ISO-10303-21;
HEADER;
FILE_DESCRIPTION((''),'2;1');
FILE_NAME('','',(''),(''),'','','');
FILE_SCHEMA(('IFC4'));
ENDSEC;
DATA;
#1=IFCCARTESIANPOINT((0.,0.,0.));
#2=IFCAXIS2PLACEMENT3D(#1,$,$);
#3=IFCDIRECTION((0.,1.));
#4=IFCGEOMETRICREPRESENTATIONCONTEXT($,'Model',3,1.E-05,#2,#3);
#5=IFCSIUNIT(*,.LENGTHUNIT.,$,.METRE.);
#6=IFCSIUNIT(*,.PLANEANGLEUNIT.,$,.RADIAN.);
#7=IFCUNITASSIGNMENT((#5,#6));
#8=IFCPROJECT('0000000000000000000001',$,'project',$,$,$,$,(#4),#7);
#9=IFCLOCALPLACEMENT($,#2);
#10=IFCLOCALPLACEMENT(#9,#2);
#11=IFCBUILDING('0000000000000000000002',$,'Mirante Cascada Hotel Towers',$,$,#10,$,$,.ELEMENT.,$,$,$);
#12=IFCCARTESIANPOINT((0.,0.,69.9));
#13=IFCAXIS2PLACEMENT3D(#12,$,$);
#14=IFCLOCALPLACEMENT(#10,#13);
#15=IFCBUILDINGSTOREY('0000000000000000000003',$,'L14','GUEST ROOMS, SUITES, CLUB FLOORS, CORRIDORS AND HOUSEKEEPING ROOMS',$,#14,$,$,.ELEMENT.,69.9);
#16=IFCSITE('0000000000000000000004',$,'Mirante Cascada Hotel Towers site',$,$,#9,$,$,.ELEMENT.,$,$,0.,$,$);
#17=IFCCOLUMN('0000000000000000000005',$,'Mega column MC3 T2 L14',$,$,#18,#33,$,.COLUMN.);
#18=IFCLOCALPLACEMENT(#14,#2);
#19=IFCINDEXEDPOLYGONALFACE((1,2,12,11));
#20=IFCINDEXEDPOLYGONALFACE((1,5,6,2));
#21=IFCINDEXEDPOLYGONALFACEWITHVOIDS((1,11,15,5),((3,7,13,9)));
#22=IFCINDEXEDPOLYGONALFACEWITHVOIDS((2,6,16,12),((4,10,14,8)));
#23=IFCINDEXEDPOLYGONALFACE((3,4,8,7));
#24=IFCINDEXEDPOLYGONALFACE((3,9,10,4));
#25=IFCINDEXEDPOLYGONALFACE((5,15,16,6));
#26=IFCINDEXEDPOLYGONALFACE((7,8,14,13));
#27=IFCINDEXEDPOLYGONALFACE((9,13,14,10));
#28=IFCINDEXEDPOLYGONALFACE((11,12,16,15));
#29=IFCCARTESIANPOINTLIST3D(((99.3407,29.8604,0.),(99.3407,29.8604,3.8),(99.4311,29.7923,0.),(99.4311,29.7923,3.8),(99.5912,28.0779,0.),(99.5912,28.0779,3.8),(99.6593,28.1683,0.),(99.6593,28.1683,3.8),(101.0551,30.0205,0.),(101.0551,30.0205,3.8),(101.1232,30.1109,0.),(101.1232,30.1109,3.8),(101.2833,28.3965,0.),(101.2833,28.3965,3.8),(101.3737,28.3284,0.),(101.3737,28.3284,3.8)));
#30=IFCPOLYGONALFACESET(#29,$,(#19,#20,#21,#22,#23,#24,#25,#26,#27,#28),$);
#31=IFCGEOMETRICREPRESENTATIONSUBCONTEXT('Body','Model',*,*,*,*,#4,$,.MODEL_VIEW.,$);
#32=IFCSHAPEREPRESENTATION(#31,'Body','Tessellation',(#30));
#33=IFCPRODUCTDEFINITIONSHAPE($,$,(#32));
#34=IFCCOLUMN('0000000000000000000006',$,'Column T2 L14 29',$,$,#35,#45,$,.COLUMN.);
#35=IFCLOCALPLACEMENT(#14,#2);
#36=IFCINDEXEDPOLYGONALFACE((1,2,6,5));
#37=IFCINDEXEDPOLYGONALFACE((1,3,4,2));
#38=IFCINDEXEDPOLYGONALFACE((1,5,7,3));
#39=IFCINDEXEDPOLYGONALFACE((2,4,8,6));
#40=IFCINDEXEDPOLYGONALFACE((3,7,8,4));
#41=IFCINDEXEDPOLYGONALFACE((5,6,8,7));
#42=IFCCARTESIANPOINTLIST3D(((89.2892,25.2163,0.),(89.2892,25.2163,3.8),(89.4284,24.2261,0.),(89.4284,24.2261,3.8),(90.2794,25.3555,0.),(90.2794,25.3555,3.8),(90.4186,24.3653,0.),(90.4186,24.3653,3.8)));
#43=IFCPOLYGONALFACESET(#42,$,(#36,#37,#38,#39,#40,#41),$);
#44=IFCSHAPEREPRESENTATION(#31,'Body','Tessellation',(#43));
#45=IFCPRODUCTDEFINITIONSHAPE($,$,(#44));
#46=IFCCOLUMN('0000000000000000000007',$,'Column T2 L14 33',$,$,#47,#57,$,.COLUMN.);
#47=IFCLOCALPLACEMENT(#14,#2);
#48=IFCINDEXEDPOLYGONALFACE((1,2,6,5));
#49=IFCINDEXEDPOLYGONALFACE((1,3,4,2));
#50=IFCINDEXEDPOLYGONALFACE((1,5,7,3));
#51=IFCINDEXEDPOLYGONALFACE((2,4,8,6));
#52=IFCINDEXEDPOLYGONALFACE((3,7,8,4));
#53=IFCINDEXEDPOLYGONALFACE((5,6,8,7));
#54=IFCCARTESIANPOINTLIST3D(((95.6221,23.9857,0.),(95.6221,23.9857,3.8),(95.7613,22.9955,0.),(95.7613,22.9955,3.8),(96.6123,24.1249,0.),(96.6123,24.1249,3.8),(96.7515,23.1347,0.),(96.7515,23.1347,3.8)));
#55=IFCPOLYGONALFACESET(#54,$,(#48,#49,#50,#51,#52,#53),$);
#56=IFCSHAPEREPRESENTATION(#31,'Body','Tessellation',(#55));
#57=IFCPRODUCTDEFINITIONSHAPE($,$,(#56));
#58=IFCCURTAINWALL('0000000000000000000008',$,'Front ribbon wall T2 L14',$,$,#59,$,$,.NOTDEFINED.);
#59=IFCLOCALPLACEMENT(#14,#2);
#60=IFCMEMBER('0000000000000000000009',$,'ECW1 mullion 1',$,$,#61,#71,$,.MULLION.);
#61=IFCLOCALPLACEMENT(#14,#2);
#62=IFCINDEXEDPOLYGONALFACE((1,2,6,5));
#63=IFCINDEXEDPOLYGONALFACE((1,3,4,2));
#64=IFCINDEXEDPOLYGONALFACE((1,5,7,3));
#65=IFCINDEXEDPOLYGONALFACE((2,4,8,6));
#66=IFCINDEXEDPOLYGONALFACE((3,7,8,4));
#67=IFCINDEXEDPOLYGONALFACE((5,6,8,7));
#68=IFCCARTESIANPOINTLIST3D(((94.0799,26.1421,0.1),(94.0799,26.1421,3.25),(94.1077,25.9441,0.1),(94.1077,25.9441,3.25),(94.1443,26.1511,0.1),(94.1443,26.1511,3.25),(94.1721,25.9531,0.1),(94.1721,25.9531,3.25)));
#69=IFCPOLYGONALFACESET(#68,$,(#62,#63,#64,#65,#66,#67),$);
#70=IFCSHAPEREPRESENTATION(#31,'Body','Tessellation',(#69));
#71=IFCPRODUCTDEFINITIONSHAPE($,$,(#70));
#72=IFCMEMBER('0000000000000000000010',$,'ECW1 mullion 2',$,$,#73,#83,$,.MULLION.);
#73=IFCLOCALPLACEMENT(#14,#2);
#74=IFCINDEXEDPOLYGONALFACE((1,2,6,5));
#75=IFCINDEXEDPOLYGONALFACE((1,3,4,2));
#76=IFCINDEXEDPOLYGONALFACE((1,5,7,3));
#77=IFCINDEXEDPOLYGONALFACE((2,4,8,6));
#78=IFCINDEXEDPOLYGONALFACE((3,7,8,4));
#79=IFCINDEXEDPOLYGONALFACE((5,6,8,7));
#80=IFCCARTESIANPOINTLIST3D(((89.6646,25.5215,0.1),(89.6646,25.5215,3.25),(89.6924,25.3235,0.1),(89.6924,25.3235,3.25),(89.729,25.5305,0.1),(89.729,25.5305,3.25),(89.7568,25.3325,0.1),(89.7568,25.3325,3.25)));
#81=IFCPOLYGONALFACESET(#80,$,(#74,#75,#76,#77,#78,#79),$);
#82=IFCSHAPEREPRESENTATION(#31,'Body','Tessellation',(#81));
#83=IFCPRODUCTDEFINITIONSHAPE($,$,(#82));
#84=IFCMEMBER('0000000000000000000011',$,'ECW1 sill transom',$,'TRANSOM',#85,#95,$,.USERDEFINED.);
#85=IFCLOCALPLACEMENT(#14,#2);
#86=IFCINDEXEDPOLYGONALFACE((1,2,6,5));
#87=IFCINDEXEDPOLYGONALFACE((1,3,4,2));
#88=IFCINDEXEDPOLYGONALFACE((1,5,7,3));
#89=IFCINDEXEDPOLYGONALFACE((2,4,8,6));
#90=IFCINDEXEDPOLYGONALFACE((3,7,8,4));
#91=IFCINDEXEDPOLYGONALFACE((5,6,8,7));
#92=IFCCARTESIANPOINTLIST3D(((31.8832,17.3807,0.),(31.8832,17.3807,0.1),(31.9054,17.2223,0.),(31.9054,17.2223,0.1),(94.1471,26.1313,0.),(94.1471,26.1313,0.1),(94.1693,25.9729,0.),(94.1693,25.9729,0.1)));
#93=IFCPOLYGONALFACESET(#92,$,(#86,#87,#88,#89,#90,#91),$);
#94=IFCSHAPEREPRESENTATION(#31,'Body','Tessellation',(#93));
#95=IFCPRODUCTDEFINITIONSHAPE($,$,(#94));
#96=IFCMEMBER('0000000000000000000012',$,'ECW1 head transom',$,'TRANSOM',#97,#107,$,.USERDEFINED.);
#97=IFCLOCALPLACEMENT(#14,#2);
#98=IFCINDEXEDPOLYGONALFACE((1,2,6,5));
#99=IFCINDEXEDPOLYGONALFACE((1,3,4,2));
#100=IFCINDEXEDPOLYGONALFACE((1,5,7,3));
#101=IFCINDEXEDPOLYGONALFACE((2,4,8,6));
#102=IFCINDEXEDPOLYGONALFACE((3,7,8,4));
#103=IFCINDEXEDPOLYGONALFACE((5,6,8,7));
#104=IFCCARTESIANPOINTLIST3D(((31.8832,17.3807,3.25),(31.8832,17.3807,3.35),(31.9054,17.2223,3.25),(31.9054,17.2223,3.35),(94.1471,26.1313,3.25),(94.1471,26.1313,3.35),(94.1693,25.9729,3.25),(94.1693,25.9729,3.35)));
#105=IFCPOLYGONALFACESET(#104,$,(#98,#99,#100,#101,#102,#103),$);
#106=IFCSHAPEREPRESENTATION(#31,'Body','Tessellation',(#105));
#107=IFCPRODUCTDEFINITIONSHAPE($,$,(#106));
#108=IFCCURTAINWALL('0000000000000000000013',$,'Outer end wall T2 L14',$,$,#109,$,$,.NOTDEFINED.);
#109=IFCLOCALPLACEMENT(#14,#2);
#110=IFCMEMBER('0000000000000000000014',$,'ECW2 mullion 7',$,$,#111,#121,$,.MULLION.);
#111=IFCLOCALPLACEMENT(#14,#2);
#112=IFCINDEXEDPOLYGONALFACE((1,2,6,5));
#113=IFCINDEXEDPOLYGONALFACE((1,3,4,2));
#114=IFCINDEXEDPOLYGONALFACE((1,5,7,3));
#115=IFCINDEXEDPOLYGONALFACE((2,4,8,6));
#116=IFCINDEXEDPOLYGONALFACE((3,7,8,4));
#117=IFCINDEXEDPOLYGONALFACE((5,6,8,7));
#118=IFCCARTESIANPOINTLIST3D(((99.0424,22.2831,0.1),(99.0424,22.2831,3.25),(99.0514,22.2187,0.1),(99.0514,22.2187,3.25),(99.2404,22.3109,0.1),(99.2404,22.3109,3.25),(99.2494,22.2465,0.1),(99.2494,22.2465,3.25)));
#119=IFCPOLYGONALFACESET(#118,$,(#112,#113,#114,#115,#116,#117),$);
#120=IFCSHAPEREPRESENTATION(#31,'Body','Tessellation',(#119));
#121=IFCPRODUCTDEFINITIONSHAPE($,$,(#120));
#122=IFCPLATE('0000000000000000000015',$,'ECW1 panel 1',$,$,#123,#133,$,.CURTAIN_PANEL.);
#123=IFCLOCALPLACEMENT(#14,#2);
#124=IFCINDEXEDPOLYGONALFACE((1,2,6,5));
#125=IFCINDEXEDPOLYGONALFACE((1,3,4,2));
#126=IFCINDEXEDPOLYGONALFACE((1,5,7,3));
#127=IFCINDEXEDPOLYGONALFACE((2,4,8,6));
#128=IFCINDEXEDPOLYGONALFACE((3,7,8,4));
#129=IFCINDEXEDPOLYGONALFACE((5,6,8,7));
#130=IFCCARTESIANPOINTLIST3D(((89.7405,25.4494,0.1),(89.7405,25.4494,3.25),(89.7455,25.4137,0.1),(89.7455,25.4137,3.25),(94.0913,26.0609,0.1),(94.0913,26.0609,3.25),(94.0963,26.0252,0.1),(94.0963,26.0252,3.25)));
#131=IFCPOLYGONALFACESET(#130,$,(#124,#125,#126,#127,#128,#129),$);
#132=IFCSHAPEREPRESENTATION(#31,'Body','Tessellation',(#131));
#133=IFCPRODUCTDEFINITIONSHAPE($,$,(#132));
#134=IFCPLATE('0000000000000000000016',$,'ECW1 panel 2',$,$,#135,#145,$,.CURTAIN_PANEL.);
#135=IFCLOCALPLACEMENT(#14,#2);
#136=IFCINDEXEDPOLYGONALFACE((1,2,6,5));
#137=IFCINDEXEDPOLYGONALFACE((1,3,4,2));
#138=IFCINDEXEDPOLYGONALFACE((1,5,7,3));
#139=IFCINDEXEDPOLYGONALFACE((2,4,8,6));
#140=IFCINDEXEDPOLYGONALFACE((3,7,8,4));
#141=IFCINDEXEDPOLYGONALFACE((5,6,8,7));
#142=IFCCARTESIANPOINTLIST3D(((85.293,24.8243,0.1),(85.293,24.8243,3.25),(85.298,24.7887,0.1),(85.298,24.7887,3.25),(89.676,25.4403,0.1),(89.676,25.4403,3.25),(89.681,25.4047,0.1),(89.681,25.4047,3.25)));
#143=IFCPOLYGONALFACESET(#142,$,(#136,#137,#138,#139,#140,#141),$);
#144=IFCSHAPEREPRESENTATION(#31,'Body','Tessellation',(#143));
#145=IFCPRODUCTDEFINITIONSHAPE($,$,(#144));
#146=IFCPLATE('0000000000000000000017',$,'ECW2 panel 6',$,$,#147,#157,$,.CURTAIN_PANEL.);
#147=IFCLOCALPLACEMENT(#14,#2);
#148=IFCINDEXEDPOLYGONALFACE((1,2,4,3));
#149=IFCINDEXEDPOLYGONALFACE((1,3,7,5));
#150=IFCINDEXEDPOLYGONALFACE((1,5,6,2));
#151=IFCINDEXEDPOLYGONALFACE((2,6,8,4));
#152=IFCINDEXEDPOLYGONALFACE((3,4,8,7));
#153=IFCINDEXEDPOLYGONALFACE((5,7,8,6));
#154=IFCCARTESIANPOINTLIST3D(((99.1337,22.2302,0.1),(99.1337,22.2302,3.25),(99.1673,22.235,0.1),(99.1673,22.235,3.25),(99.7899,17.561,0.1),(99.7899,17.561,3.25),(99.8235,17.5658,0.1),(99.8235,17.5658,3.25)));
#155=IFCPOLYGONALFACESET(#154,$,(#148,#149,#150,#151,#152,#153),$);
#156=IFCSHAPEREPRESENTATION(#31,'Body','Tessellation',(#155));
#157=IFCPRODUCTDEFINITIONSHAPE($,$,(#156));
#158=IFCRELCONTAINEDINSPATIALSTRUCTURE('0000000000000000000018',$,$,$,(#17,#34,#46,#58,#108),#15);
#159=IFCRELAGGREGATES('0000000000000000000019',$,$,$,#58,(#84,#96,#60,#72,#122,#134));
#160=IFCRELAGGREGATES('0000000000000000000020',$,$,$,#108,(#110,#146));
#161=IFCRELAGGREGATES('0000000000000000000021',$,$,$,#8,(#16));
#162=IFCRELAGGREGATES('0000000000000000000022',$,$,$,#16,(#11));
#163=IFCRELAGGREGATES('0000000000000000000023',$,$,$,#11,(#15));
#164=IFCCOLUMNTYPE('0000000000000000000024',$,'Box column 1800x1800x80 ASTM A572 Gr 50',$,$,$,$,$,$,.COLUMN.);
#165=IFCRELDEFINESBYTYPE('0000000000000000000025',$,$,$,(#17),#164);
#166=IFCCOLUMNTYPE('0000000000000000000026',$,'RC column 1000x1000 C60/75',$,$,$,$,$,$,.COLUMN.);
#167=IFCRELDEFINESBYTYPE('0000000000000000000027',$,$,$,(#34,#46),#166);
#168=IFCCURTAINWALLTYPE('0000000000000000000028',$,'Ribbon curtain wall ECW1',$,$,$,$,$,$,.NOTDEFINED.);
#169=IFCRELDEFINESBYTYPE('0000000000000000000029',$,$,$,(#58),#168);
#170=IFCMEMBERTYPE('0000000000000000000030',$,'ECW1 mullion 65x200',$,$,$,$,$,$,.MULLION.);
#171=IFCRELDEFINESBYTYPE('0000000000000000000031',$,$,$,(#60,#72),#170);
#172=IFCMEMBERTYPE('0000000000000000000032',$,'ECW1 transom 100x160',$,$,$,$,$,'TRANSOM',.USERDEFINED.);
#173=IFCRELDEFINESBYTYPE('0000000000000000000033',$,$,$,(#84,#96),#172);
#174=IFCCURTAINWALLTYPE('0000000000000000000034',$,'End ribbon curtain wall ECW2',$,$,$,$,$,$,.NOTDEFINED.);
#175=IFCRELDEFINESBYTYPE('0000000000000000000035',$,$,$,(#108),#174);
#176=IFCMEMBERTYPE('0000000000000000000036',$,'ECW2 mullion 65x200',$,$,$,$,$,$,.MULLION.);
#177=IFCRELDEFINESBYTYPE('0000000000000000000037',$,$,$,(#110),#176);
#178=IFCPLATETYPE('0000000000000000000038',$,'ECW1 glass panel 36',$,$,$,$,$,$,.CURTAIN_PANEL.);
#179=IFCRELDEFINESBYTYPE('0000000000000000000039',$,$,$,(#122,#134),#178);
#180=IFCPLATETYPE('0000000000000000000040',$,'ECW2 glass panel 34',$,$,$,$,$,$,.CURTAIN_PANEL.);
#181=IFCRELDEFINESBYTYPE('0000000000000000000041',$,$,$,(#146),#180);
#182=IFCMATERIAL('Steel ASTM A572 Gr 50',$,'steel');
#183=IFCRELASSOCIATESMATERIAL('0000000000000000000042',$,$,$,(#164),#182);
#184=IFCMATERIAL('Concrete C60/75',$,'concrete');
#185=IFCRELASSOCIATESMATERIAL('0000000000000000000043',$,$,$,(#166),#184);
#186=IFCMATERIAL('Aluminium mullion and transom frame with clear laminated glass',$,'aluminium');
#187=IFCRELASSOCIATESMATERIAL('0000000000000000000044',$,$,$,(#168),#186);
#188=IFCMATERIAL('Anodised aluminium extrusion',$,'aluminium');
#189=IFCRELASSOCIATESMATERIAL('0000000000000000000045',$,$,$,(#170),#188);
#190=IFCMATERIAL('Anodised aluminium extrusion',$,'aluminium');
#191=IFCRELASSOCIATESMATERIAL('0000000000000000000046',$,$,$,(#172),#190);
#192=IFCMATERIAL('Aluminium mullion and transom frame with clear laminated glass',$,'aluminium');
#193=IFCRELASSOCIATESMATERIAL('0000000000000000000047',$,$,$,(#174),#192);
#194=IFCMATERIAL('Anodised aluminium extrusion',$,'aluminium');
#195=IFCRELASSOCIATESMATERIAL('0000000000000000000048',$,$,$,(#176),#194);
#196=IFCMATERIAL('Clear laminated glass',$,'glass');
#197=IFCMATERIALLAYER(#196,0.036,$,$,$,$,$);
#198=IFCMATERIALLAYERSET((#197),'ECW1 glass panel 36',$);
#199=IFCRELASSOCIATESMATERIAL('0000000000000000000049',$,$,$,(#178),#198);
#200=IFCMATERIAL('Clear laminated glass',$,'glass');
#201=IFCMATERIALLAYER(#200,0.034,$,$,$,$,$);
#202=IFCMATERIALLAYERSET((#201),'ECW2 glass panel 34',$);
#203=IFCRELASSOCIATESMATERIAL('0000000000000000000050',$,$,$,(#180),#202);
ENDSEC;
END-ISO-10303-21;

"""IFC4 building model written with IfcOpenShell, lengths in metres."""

from ifc_helpers import new_model, si_unit, direction, frame, origin, origin_2d, place, context, subcontext, project, spatial, rectangle, hollow_rectangle, extrude, material, layer, layer_set, material_profile, profile_set, type_object, element, aggregate, save


model = new_model("IFC4")

# Units and contexts
model_context = context("Model", 3, precision=1e-05, world=origin(), true_north=direction((0.0, 1.0)))
body_context = subcontext(model_context, "Body", "Model", "MODEL_VIEW")
ifc_project = project(units=[si_unit("LENGTHUNIT", "METRE"), si_unit("PLANEANGLEUNIT", "RADIAN")], contexts=[model_context])

# Site, building, storey
site_placement = place(None, origin())
site = spatial("IfcSite", under=ifc_project, at=site_placement, Name="Mirante Cascada Hotel Towers site", CompositionType="ELEMENT", RefElevation=0.0)
building_placement = place(site_placement, origin())
building = spatial("IfcBuilding", under=site, at=building_placement, Name="Mirante Cascada Hotel Towers", CompositionType="ELEMENT")
storey_placement = place(building_placement, frame((0.0, 0.0, 69.9)))
storey = spatial("IfcBuildingStorey", under=building, at=storey_placement, Name="L14", Description="GUEST ROOMS, SUITES, CLUB FLOORS, CORRIDORS AND HOUSEKEEPING ROOMS", CompositionType="ELEMENT", Elevation=69.9)

# Columns
ifc_material_1 = material(Name="Steel ASTM A572 Gr 50", Category="steel")
ifc_material_profile_1 = material_profile(ifc_material_1, hollow_rectangle(XDim=1.8, YDim=1.8, WallThickness=0.08, at=origin_2d()), Name="Box column 1800x1800x80 ASTM A572 Gr 50")
ifc_profile_set_1 = profile_set([ifc_material_profile_1], Name="Steel ASTM A572 Gr 50")
column_type_1 = type_object("IfcColumnType", Name="Box column 1800x1800x80 ASTM A572 Gr 50", PredefinedType="COLUMN", material=ifc_profile_set_1)
column_placement = place(storey_placement, frame((100.3572, 29.0944, 0.0), z_axis=(0.0, 0.0, 1.0), x_axis=(0.990268, 0.139173, 0.0)))
element("IfcColumn", 1, at=column_placement, inside=storey, type_object=column_type_1, Name="Mega column MC3 T2 L14", PredefinedType="COLUMN", context=body_context, shape_type="SweptSolid", body=[
    extrude(hollow_rectangle(XDim=1.8, YDim=1.8, WallThickness=0.08, at=origin_2d()), origin(), (0.0, 0.0, 1.0), 3.8),
])
ifc_material_2 = material(Name="Concrete C60/75", Category="concrete")
ifc_material_profile_2 = material_profile(ifc_material_2, rectangle(XDim=1.0, YDim=1.0, at=origin_2d()), Name="RC column 1000x1000 C60/75")
ifc_profile_set_2 = profile_set([ifc_material_profile_2], Name="Concrete C60/75")
column_type_2 = type_object("IfcColumnType", Name="RC column 1000x1000 C60/75", PredefinedType="COLUMN", material=ifc_profile_set_2)
for number, where, z_axis, x_axis, name in (
    (2, (89.8539, 24.7908, 0.0), (0.0, 0.0, 1.0), (0.990268, 0.139173, 0.0), "Column T2 L14 29"),
    (3, (96.1868, 23.5602, 0.0), (0.0, 0.0, 1.0), (0.990268, 0.139173, 0.0), "Column T2 L14 33"),
):
    element("IfcColumn", number, at=place(storey_placement, frame(where, z_axis=z_axis, x_axis=x_axis)), inside=storey, type_object=column_type_2, Name=name, PredefinedType="COLUMN", context=body_context, shape_type="SweptSolid", body=[
        extrude(rectangle(XDim=1.0, YDim=1.0, at=origin_2d()), origin(), (0.0, 0.0, 1.0), 3.8),
    ])

# Curtain wall, members
ifc_material_3 = material(Name="Aluminium mullion and transom frame with clear laminated glass", Category="aluminium")
curtain_wall_type_1 = type_object("IfcCurtainWallType", Name="Ribbon curtain wall ECW1", PredefinedType="NOTDEFINED", material=ifc_material_3)
curtain_wall_1_placement = place(storey_placement, origin())
curtain_wall_1 = element("IfcCurtainWall", 4, at=curtain_wall_1_placement, inside=storey, type_object=curtain_wall_type_1, Name="Front ribbon wall T2 L14", PredefinedType="NOTDEFINED")
ifc_material_4 = material(Name="Anodised aluminium extrusion", Category="aluminium")
ifc_material_profile_3 = material_profile(ifc_material_4, rectangle(XDim=0.2, YDim=0.065, at=origin_2d()), Name="ECW1 MULLION 65x200")
ifc_profile_set_3 = profile_set([ifc_material_profile_3], Name="Anodised aluminium extrusion")
member_type_1 = type_object("IfcMemberType", Name="ECW1 mullion 65x200", PredefinedType="MULLION", material=ifc_profile_set_3)
member_1_placement = place(storey_placement, frame((94.126, 26.0476, 0.1), z_axis=(0.0, 0.0, 1.0), x_axis=(0.139173, -0.990268, 0.0)))
member_1 = element("IfcMember", 5, at=member_1_placement, type_object=member_type_1, Name="ECW1 mullion 1", PredefinedType="MULLION", context=body_context, shape_type="SweptSolid", body=[
    extrude(rectangle(XDim=0.2, YDim=0.065, at=origin_2d()), origin(), (0.0, 0.0, 1.0), 3.15),
])
member_2_placement = place(storey_placement, frame((89.7107, 25.427, 0.1), z_axis=(0.0, 0.0, 1.0), x_axis=(0.139173, -0.990268, 0.0)))
member_2 = element("IfcMember", 6, at=member_2_placement, type_object=member_type_1, Name="ECW1 mullion 2", PredefinedType="MULLION", context=body_context, shape_type="SweptSolid", body=[
    extrude(rectangle(XDim=0.2, YDim=0.065, at=origin_2d()), origin(), (0.0, 0.0, 1.0), 3.15),
])
ifc_material_5 = material(Name="Anodised aluminium extrusion", Category="aluminium")
ifc_material_profile_4 = material_profile(ifc_material_5, rectangle(XDim=0.16, YDim=0.1, at=origin_2d()), Name="ECW1 TRANSOM 100x160")
ifc_profile_set_4 = profile_set([ifc_material_profile_4], Name="Anodised aluminium extrusion")
member_type_2 = type_object("IfcMemberType", Name="ECW1 transom 100x160", ElementType="TRANSOM", PredefinedType="USERDEFINED", material=ifc_profile_set_4)
member_3_placement = place(storey_placement, frame((94.1582, 26.0521, 0.05), z_axis=(-0.990268, -0.139173, 0.0), x_axis=(0.139173, -0.990268, 0.0)))
member_3 = element("IfcMember", 7, at=member_3_placement, type_object=member_type_2, Name="ECW1 sill transom", ObjectType="TRANSOM", PredefinedType="USERDEFINED", context=body_context, shape_type="SweptSolid", body=[
    extrude(rectangle(XDim=0.16, YDim=0.1, at=origin_2d()), origin(), (0.0, 0.0, 1.0), 62.8758),
])
member_4_placement = place(storey_placement, frame((94.1582, 26.0521, 3.3), z_axis=(-0.990268, -0.139173, 0.0), x_axis=(0.139173, -0.990268, 0.0)))
member_4 = element("IfcMember", 8, at=member_4_placement, type_object=member_type_2, Name="ECW1 head transom", ObjectType="TRANSOM", PredefinedType="USERDEFINED", context=body_context, shape_type="SweptSolid", body=[
    extrude(rectangle(XDim=0.16, YDim=0.1, at=origin_2d()), origin(), (0.0, 0.0, 1.0), 62.8758),
])

# Curtain wall, member
ifc_material_6 = material(Name="Aluminium mullion and transom frame with clear laminated glass", Category="aluminium")
curtain_wall_type_2 = type_object("IfcCurtainWallType", Name="End ribbon curtain wall ECW2", PredefinedType="NOTDEFINED", material=ifc_material_6)
curtain_wall_2_placement = place(storey_placement, origin())
curtain_wall_2 = element("IfcCurtainWall", 9, at=curtain_wall_2_placement, inside=storey, type_object=curtain_wall_type_2, Name="Outer end wall T2 L14", PredefinedType="NOTDEFINED")
ifc_material_7 = material(Name="Anodised aluminium extrusion", Category="aluminium")
ifc_material_profile_5 = material_profile(ifc_material_7, rectangle(XDim=0.2, YDim=0.065, at=origin_2d()), Name="ECW2 MULLION 65x200")
ifc_profile_set_5 = profile_set([ifc_material_profile_5], Name="Anodised aluminium extrusion")
member_type_3 = type_object("IfcMemberType", Name="ECW2 mullion 65x200", PredefinedType="MULLION", material=ifc_profile_set_5)
member_5_placement = place(storey_placement, frame((99.1459, 22.2648, 0.1), z_axis=(0.0, 0.0, 1.0), x_axis=(-0.990268, -0.139173, 0.0)))
member_5 = element("IfcMember", 10, at=member_5_placement, type_object=member_type_3, Name="ECW2 mullion 7", PredefinedType="MULLION", context=body_context, shape_type="SweptSolid", body=[
    extrude(rectangle(XDim=0.2, YDim=0.065, at=origin_2d()), origin(), (0.0, 0.0, 1.0), 3.15),
])

# Plates
ifc_material_8 = material(Name="Clear laminated glass", Category="glass")
ifc_layer_1 = layer(ifc_material_8, 0.036)
ifc_layer_set_1 = layer_set([ifc_layer_1], Name="ECW1 glass panel 36")
plate_type_1 = type_object("IfcPlateType", Name="ECW1 glass panel 36", PredefinedType="CURTAIN_PANEL", material=ifc_layer_set_1)
plate_1_placement = place(storey_placement, frame((91.9184, 25.7373, 0.1), z_axis=(0.0, 0.0, 1.0), x_axis=(-0.990268, -0.139173, 0.0)))
plate_1 = element("IfcPlate", 11, at=plate_1_placement, type_object=plate_type_1, Name="ECW1 panel 1", PredefinedType="CURTAIN_PANEL", context=body_context, shape_type="SweptSolid", body=[
    extrude(rectangle(XDim=4.3936, YDim=0.036, at=origin_2d()), origin(), (0.0, 0.0, 1.0), 3.15),
])
plate_2_placement = place(storey_placement, frame((87.487, 25.1145, 0.1), z_axis=(0.0, 0.0, 1.0), x_axis=(-0.990268, -0.139173, 0.0)))
plate_2 = element("IfcPlate", 12, at=plate_2_placement, type_object=plate_type_1, Name="ECW1 panel 2", PredefinedType="CURTAIN_PANEL", context=body_context, shape_type="SweptSolid", body=[
    extrude(rectangle(XDim=4.4261, YDim=0.036, at=origin_2d()), origin(), (0.0, 0.0, 1.0), 3.15),
])
aggregate(curtain_wall_1, [member_3, member_4, member_1, member_2, plate_1, plate_2])
ifc_material_9 = material(Name="Clear laminated glass", Category="glass")
ifc_layer_2 = layer(ifc_material_9, 0.034)
ifc_layer_set_2 = layer_set([ifc_layer_2], Name="ECW2 glass panel 34")
plate_type_2 = type_object("IfcPlateType", Name="ECW2 glass panel 34", PredefinedType="CURTAIN_PANEL", material=ifc_layer_set_2)
plate_3_placement = place(storey_placement, frame((99.4786, 19.898, 0.1), z_axis=(0.0, 0.0, 1.0), x_axis=(-0.139173, 0.990268, 0.0)))
plate_3 = element("IfcPlate", 13, at=plate_3_placement, type_object=plate_type_2, Name="ECW2 panel 6", PredefinedType="CURTAIN_PANEL", context=body_context, shape_type="SweptSolid", body=[
    extrude(rectangle(XDim=4.7151, YDim=0.034, at=origin_2d()), origin(), (0.0, 0.0, 1.0), 3.15),
])
aggregate(curtain_wall_2, [member_5, plate_3])

save(model, "model.ifc")
